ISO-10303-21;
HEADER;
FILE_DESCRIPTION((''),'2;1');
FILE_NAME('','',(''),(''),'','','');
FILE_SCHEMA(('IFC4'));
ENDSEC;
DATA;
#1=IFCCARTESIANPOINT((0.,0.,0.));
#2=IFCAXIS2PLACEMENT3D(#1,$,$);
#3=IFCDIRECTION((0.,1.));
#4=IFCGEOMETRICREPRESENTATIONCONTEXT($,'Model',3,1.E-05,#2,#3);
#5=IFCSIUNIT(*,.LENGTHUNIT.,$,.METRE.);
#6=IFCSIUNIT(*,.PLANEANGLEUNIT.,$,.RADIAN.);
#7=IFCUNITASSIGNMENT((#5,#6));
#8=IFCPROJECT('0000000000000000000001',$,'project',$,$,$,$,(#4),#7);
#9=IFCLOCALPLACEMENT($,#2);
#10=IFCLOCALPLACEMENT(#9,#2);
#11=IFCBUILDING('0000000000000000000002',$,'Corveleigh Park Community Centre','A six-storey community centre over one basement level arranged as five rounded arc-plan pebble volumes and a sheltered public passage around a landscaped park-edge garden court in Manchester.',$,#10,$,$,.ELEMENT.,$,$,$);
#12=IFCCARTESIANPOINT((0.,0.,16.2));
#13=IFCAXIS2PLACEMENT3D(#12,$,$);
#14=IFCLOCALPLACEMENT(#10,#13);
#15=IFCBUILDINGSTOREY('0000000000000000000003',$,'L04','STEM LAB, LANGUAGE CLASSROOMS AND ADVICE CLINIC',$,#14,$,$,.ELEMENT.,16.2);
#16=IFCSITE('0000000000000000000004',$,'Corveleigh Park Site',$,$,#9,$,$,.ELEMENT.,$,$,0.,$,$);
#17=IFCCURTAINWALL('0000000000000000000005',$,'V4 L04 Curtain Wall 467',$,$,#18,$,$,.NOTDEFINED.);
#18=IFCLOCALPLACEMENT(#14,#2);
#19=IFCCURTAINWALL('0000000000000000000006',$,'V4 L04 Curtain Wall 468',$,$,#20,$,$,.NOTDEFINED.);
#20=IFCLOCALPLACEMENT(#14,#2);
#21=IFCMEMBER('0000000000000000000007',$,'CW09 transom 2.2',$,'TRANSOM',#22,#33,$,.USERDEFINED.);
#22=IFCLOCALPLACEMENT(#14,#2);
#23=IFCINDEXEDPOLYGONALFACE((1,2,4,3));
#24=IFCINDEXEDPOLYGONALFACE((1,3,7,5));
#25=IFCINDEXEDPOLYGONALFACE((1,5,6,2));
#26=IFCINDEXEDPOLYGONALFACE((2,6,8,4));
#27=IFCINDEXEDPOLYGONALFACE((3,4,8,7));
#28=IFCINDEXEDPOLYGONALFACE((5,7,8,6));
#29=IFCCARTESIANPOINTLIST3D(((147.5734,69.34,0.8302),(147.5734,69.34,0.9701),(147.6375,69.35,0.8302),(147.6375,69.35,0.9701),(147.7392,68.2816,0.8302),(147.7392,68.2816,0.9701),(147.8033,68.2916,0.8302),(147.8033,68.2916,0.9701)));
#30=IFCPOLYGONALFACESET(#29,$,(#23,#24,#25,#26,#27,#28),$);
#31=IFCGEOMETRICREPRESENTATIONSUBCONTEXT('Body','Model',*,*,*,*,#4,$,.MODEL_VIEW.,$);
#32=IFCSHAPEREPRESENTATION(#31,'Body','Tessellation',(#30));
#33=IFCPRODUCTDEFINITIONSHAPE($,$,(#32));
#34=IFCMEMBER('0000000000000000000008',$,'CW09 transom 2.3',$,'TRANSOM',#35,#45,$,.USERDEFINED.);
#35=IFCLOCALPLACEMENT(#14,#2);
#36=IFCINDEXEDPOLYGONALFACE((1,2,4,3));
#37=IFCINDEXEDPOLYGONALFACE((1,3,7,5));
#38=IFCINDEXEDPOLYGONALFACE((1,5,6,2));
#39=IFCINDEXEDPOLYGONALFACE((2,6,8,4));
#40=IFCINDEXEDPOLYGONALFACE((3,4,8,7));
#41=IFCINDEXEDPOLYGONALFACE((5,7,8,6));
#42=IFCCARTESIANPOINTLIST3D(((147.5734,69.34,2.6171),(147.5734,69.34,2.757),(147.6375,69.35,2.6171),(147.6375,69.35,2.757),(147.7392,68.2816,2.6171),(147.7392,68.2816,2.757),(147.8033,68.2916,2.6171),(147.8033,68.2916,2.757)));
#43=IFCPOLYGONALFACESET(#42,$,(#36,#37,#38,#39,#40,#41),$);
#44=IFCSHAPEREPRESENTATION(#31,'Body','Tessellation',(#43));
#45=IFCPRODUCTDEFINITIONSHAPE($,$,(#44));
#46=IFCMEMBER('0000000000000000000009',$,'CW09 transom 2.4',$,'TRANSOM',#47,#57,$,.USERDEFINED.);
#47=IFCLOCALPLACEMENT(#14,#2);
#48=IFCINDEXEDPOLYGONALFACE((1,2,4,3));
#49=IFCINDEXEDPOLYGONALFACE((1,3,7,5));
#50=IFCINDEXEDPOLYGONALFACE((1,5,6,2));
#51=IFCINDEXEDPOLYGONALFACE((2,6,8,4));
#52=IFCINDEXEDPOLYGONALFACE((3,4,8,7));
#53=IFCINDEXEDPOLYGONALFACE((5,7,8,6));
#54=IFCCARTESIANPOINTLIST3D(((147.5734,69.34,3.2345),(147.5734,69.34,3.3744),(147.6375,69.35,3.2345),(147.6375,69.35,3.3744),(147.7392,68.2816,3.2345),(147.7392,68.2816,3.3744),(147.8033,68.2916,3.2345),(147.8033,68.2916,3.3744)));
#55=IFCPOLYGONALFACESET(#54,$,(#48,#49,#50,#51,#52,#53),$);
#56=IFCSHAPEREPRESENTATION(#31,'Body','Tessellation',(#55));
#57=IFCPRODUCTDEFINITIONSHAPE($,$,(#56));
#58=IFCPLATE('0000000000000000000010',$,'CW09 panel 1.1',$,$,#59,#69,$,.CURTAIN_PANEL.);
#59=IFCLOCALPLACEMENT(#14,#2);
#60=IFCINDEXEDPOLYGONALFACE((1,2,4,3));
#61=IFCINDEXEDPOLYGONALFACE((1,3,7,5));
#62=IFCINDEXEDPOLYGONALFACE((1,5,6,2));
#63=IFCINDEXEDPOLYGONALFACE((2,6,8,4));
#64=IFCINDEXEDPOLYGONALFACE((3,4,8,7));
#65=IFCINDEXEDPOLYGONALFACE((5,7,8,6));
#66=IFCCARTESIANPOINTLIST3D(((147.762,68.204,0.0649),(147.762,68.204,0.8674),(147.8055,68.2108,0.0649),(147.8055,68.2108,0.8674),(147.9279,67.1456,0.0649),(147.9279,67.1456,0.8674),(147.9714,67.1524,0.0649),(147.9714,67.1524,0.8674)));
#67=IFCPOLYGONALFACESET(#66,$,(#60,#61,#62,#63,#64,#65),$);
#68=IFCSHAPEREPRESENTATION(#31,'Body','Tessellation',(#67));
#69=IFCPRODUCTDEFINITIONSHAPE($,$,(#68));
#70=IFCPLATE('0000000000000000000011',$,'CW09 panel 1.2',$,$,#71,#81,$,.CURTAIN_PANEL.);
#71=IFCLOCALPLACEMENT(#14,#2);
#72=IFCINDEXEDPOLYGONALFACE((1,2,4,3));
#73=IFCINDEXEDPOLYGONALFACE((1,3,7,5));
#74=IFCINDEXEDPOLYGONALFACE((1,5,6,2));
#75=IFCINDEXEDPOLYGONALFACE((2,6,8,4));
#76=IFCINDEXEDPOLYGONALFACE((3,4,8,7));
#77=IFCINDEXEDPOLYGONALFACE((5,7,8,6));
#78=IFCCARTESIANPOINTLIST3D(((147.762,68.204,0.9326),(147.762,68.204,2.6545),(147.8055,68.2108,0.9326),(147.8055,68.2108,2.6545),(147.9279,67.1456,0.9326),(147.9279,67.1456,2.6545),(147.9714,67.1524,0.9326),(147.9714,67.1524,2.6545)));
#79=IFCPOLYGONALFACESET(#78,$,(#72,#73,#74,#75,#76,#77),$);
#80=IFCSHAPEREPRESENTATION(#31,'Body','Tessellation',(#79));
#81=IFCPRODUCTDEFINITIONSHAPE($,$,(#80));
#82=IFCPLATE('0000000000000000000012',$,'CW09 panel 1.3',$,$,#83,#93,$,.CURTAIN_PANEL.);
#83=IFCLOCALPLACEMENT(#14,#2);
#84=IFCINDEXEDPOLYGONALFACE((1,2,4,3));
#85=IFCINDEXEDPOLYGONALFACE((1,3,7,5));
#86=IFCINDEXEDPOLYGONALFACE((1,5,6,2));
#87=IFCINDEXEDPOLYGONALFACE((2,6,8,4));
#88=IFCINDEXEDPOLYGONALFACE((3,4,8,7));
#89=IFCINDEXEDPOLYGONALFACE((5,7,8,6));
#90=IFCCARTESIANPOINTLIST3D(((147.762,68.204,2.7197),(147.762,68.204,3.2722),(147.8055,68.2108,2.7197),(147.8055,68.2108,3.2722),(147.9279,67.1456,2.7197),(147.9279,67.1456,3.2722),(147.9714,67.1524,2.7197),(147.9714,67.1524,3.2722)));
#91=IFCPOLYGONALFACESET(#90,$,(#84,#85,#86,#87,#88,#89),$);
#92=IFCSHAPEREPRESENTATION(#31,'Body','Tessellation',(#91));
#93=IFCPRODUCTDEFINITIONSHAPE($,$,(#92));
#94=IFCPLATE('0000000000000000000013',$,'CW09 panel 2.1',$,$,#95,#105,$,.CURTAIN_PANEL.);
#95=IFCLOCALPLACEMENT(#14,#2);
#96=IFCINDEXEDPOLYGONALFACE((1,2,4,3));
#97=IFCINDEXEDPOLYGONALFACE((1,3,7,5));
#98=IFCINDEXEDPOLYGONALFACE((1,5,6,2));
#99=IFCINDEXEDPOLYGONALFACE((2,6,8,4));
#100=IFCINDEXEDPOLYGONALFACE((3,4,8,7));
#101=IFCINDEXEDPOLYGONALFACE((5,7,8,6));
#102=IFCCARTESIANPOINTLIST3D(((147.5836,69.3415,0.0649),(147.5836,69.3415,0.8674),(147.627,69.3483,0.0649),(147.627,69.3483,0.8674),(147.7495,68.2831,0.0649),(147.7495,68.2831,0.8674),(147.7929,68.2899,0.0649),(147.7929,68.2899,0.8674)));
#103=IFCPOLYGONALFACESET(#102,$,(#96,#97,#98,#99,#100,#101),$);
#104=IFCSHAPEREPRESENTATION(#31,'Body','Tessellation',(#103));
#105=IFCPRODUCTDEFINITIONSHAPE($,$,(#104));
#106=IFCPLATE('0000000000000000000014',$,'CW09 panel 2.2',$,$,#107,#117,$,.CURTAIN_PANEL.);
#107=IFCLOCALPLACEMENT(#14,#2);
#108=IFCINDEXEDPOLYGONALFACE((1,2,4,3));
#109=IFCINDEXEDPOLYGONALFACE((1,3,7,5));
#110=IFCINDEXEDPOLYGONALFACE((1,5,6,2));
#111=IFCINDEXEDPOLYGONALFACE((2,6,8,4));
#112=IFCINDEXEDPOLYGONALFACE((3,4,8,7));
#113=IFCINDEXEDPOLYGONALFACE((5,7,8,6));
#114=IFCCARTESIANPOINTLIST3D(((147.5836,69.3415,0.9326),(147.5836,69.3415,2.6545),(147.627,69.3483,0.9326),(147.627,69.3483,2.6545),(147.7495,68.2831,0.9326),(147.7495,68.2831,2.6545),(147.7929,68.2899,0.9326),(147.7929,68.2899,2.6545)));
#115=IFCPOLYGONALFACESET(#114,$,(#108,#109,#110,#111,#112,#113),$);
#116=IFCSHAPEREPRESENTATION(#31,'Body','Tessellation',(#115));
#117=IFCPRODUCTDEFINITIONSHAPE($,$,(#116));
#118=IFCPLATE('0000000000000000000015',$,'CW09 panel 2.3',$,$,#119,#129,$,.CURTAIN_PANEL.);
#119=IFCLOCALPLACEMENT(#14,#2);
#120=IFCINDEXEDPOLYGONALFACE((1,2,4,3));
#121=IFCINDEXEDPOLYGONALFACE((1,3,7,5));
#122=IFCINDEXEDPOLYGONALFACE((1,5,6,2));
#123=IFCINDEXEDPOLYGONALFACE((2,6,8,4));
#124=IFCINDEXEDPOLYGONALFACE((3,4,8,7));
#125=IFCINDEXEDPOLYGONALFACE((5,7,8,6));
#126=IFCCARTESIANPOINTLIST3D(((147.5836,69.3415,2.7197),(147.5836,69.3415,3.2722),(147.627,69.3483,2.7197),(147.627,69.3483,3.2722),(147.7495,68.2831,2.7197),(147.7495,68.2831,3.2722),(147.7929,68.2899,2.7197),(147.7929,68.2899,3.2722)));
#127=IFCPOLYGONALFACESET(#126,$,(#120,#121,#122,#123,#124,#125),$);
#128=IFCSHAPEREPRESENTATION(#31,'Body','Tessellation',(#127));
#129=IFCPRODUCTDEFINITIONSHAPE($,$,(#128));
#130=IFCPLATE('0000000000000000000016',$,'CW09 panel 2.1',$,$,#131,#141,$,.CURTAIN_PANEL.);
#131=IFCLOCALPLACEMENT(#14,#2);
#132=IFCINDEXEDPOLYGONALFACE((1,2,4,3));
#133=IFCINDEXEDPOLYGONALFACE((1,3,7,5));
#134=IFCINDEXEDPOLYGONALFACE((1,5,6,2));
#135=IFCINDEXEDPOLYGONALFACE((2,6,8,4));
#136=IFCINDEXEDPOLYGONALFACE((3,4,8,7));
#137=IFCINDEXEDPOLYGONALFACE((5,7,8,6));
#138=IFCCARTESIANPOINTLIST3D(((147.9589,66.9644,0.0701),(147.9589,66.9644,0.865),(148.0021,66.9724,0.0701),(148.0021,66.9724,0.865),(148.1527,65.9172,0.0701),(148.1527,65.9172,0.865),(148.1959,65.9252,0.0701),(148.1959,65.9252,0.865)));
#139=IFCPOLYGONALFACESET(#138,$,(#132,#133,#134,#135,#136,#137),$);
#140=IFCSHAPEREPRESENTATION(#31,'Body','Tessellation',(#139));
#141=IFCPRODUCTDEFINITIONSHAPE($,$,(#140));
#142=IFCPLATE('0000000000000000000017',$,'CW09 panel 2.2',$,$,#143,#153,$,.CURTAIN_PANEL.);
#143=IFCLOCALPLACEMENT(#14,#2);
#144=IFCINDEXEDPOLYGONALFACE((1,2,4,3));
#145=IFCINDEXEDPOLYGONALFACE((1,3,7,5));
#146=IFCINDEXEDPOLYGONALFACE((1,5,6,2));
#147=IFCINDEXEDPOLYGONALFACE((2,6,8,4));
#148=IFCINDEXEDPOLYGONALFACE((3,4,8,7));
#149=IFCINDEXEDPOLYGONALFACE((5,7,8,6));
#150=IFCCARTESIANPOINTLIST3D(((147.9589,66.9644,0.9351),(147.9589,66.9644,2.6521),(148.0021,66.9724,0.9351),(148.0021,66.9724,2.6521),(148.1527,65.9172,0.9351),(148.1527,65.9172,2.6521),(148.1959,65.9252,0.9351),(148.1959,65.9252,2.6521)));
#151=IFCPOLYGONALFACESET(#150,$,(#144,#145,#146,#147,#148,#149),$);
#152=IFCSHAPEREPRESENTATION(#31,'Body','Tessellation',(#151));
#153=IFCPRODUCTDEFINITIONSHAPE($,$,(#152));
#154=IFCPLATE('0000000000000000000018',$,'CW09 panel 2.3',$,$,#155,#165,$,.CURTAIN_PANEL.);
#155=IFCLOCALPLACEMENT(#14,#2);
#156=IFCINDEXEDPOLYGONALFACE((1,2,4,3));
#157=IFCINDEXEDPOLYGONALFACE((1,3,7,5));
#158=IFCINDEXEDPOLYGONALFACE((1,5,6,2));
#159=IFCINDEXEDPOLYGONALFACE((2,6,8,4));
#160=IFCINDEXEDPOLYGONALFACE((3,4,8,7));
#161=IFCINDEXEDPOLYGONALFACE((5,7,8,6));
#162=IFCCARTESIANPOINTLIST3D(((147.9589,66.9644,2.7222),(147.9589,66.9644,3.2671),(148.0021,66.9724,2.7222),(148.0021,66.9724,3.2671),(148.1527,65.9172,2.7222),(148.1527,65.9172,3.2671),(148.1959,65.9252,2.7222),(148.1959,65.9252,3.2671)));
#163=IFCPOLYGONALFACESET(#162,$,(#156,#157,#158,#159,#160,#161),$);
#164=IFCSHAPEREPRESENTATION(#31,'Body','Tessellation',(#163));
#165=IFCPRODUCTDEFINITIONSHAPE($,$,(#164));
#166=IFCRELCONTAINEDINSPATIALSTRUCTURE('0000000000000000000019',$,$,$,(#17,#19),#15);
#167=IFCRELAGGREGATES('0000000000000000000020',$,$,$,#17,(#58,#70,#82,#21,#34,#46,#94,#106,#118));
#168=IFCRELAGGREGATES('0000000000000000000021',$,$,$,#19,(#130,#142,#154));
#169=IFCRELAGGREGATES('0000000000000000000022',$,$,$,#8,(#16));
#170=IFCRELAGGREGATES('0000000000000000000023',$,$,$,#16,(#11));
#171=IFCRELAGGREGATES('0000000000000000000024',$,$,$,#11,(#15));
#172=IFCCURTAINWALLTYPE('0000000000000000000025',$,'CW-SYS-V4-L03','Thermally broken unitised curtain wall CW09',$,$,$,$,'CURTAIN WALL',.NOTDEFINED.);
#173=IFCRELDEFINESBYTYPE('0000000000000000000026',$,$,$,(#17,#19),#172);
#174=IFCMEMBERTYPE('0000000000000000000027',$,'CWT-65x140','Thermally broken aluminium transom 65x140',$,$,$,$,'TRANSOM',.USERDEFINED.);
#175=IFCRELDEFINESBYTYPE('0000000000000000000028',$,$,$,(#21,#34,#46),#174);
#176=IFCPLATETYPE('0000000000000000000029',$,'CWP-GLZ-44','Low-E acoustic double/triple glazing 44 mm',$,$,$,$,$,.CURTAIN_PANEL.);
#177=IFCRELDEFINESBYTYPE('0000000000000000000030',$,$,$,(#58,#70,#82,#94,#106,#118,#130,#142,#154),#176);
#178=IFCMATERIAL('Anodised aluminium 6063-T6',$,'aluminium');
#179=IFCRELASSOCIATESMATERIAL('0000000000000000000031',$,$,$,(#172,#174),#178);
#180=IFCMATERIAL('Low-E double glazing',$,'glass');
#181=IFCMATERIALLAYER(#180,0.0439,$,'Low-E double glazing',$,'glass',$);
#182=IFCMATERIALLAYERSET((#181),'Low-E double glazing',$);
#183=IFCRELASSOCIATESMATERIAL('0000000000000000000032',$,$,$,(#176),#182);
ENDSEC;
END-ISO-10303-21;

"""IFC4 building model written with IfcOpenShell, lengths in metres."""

from ifc_helpers import new_model, si_unit, direction, frame, origin, origin_2d, place, context, subcontext, project, spatial, rectangle, extrude, material, layer, layer_set, material_profile, profile_set, type_object, element, aggregate, save


model = new_model("IFC4")

# Units and contexts
model_context = context("Model", 3, precision=1e-05, world=origin(), true_north=direction((0.0, 1.0)))
body_context = subcontext(model_context, "Body", "Model", "MODEL_VIEW")
ifc_project = project(units=[si_unit("LENGTHUNIT", "METRE"), si_unit("PLANEANGLEUNIT", "RADIAN")], contexts=[model_context])

# Site, building, storey
site_placement = place(None, origin())
site = spatial("IfcSite", under=ifc_project, at=site_placement, Name="Corveleigh Park Site", CompositionType="ELEMENT", RefElevation=0.0)
building_placement = place(site_placement, origin())
building = spatial("IfcBuilding", under=site, at=building_placement, Name="Corveleigh Park Community Centre", Description="A six-storey community centre over one basement level arranged as five rounded arc-plan pebble volumes and a sheltered public passage around a landscaped park-edge garden court in Manchester.", CompositionType="ELEMENT")
storey_placement = place(building_placement, frame((0.0, 0.0, 16.2)))
storey = spatial("IfcBuildingStorey", under=building, at=storey_placement, Name="L04", Description="STEM LAB, LANGUAGE CLASSROOMS AND ADVICE CLINIC", CompositionType="ELEMENT", Elevation=16.2)

# Curtain wall
ifc_material_1 = material(Name="Anodised aluminium 6063-T6", Category="aluminium")
curtain_wall_type = type_object("IfcCurtainWallType", Name="CW-SYS-V4-L03", Description="Thermally broken unitised curtain wall CW09", ElementType="CURTAIN WALL", PredefinedType="NOTDEFINED", material=ifc_material_1)
curtain_wall_1_placement = place(storey_placement, origin())
curtain_wall_1 = element("IfcCurtainWall", 1, at=curtain_wall_1_placement, inside=storey, type_object=curtain_wall_type, Name="V4 L04 Curtain Wall 467", PredefinedType="NOTDEFINED")

# Curtain wall
curtain_wall_2_placement = place(storey_placement, origin())
curtain_wall_2 = element("IfcCurtainWall", 2, at=curtain_wall_2_placement, inside=storey, type_object=curtain_wall_type, Name="V4 L04 Curtain Wall 468", PredefinedType="NOTDEFINED")

# Members
ifc_material_profile_1 = material_profile(ifc_material_1, rectangle(XDim=0.0649, YDim=0.1399, at=origin_2d()), Name="ALU-T65x140", Category="aluminium")
ifc_profile_set_1 = profile_set([ifc_material_profile_1], Name="Anodised aluminium 6063-T6")
member_type_1 = type_object("IfcMemberType", Name="CWT-65x140", Description="Thermally broken aluminium transom 65x140", ElementType="TRANSOM", PredefinedType="USERDEFINED", material=ifc_profile_set_1)
member_1_placement = place(storey_placement, frame((147.7712, 68.2866, 0.9001), z_axis=(-0.154745, 0.987954, 0.0), x_axis=(-0.987954, -0.154745, 0.0)))
member_1 = element("IfcMember", 3, at=member_1_placement, type_object=member_type_1, Name="CW09 transom 2.2", ObjectType="TRANSOM", PredefinedType="USERDEFINED", context=body_context, shape_type="SweptSolid", body=[
    extrude(rectangle(XDim=0.0649, YDim=0.1399, at=origin_2d()), origin(), (0.0, 0.0, 1.0), 1.0713),
])
member_2_placement = place(storey_placement, frame((147.7712, 68.2866, 2.687), z_axis=(-0.154745, 0.987954, 0.0), x_axis=(-0.987954, -0.154745, 0.0)))
member_2 = element("IfcMember", 4, at=member_2_placement, type_object=member_type_1, Name="CW09 transom 2.3", ObjectType="TRANSOM", PredefinedType="USERDEFINED", context=body_context, shape_type="SweptSolid", body=[
    extrude(rectangle(XDim=0.0649, YDim=0.1399, at=origin_2d()), origin(), (0.0, 0.0, 1.0), 1.0713),
])
member_3_placement = place(storey_placement, frame((147.7712, 68.2866, 3.3044), z_axis=(-0.154745, 0.987954, 0.0), x_axis=(-0.987954, -0.154745, 0.0)))
member_3 = element("IfcMember", 5, at=member_3_placement, type_object=member_type_1, Name="CW09 transom 2.4", ObjectType="TRANSOM", PredefinedType="USERDEFINED", context=body_context, shape_type="SweptSolid", body=[
    extrude(rectangle(XDim=0.0649, YDim=0.1399, at=origin_2d()), origin(), (0.0, 0.0, 1.0), 1.0713),
])

# Plates
ifc_material_2 = material(Name="Low-E double glazing", Category="glass")
ifc_layer_1 = layer(ifc_material_2, 0.0439, Name="Low-E double glazing", Category="glass")
ifc_layer_set_1 = layer_set([ifc_layer_1], Name="Low-E double glazing")
plate_type = type_object("IfcPlateType", Name="CWP-GLZ-44", Description="Low-E acoustic double/triple glazing 44 mm", PredefinedType="CURTAIN_PANEL", material=ifc_layer_set_1)
plate_1_placement = place(storey_placement, frame((147.8667, 67.6782, 0.0649), z_axis=(0.0, 0.0, 1.0), x_axis=(-0.154863, 0.987936, 0.0)))
plate_1 = element("IfcPlate", 6, at=plate_1_placement, type_object=plate_type, Name="CW09 panel 1.1", PredefinedType="CURTAIN_PANEL", context=body_context, shape_type="SweptSolid", body=[
    extrude(rectangle(XDim=1.0713, YDim=0.0439, at=origin_2d()), origin(), (0.0, 0.0, 1.0), 0.8025),
])
plate_2_placement = place(storey_placement, frame((147.8667, 67.6782, 0.9326), z_axis=(0.0, 0.0, 1.0), x_axis=(-0.154863, 0.987936, 0.0)))
plate_2 = element("IfcPlate", 7, at=plate_2_placement, type_object=plate_type, Name="CW09 panel 1.2", PredefinedType="CURTAIN_PANEL", context=body_context, shape_type="SweptSolid", body=[
    extrude(rectangle(XDim=1.0713, YDim=0.0439, at=origin_2d()), origin(), (0.0, 0.0, 1.0), 1.7219),
])
plate_3_placement = place(storey_placement, frame((147.8667, 67.6782, 2.7197), z_axis=(0.0, 0.0, 1.0), x_axis=(-0.154863, 0.987936, 0.0)))
plate_3 = element("IfcPlate", 8, at=plate_3_placement, type_object=plate_type, Name="CW09 panel 1.3", PredefinedType="CURTAIN_PANEL", context=body_context, shape_type="SweptSolid", body=[
    extrude(rectangle(XDim=1.0713, YDim=0.0439, at=origin_2d()), origin(), (0.0, 0.0, 1.0), 0.5525),
])
plate_4_placement = place(storey_placement, frame((147.6882, 68.8157, 0.0649), z_axis=(0.0, 0.0, 1.0), x_axis=(-0.154863, 0.987936, 0.0)))
plate_4 = element("IfcPlate", 9, at=plate_4_placement, type_object=plate_type, Name="CW09 panel 2.1", PredefinedType="CURTAIN_PANEL", context=body_context, shape_type="SweptSolid", body=[
    extrude(rectangle(XDim=1.0713, YDim=0.0439, at=origin_2d()), origin(), (0.0, 0.0, 1.0), 0.8025),
])
plate_5_placement = place(storey_placement, frame((147.6882, 68.8157, 0.9326), z_axis=(0.0, 0.0, 1.0), x_axis=(-0.154863, 0.987936, 0.0)))
plate_5 = element("IfcPlate", 10, at=plate_5_placement, type_object=plate_type, Name="CW09 panel 2.2", PredefinedType="CURTAIN_PANEL", context=body_context, shape_type="SweptSolid", body=[
    extrude(rectangle(XDim=1.0713, YDim=0.0439, at=origin_2d()), origin(), (0.0, 0.0, 1.0), 1.7219),
])
plate_6_placement = place(storey_placement, frame((147.6882, 68.8157, 2.7197), z_axis=(0.0, 0.0, 1.0), x_axis=(-0.154863, 0.987936, 0.0)))
plate_6 = element("IfcPlate", 11, at=plate_6_placement, type_object=plate_type, Name="CW09 panel 2.3", PredefinedType="CURTAIN_PANEL", context=body_context, shape_type="SweptSolid", body=[
    extrude(rectangle(XDim=1.0713, YDim=0.0439, at=origin_2d()), origin(), (0.0, 0.0, 1.0), 0.5525),
])
aggregate(curtain_wall_1, [plate_1, plate_2, plate_3, member_1, member_2, member_3, plate_4, plate_5, plate_6])
plate_7_placement = place(storey_placement, frame((148.0774, 66.4448, 0.0701), z_axis=(0.0, 0.0, 1.0), x_axis=(-0.181984, 0.983301, 0.0)))
plate_7 = element("IfcPlate", 12, at=plate_7_placement, type_object=plate_type, Name="CW09 panel 2.1", PredefinedType="CURTAIN_PANEL", context=body_context, shape_type="SweptSolid", body=[
    extrude(rectangle(XDim=1.0649, YDim=0.0439, at=origin_2d()), origin(), (0.0, 0.0, 1.0), 0.7949),
])
plate_8_placement = place(storey_placement, frame((148.0774, 66.4448, 0.9351), z_axis=(0.0, 0.0, 1.0), x_axis=(-0.181984, 0.983301, 0.0)))
plate_8 = element("IfcPlate", 13, at=plate_8_placement, type_object=plate_type, Name="CW09 panel 2.2", PredefinedType="CURTAIN_PANEL", context=body_context, shape_type="SweptSolid", body=[
    extrude(rectangle(XDim=1.0649, YDim=0.0439, at=origin_2d()), origin(), (0.0, 0.0, 1.0), 1.717),
])
plate_9_placement = place(storey_placement, frame((148.0774, 66.4448, 2.7222), z_axis=(0.0, 0.0, 1.0), x_axis=(-0.181984, 0.983301, 0.0)))
plate_9 = element("IfcPlate", 14, at=plate_9_placement, type_object=plate_type, Name="CW09 panel 2.3", PredefinedType="CURTAIN_PANEL", context=body_context, shape_type="SweptSolid", body=[
    extrude(rectangle(XDim=1.0649, YDim=0.0439, at=origin_2d()), origin(), (0.0, 0.0, 1.0), 0.5449),
])
aggregate(curtain_wall_2, [plate_7, plate_8, plate_9])

save(model, "model.ifc")
